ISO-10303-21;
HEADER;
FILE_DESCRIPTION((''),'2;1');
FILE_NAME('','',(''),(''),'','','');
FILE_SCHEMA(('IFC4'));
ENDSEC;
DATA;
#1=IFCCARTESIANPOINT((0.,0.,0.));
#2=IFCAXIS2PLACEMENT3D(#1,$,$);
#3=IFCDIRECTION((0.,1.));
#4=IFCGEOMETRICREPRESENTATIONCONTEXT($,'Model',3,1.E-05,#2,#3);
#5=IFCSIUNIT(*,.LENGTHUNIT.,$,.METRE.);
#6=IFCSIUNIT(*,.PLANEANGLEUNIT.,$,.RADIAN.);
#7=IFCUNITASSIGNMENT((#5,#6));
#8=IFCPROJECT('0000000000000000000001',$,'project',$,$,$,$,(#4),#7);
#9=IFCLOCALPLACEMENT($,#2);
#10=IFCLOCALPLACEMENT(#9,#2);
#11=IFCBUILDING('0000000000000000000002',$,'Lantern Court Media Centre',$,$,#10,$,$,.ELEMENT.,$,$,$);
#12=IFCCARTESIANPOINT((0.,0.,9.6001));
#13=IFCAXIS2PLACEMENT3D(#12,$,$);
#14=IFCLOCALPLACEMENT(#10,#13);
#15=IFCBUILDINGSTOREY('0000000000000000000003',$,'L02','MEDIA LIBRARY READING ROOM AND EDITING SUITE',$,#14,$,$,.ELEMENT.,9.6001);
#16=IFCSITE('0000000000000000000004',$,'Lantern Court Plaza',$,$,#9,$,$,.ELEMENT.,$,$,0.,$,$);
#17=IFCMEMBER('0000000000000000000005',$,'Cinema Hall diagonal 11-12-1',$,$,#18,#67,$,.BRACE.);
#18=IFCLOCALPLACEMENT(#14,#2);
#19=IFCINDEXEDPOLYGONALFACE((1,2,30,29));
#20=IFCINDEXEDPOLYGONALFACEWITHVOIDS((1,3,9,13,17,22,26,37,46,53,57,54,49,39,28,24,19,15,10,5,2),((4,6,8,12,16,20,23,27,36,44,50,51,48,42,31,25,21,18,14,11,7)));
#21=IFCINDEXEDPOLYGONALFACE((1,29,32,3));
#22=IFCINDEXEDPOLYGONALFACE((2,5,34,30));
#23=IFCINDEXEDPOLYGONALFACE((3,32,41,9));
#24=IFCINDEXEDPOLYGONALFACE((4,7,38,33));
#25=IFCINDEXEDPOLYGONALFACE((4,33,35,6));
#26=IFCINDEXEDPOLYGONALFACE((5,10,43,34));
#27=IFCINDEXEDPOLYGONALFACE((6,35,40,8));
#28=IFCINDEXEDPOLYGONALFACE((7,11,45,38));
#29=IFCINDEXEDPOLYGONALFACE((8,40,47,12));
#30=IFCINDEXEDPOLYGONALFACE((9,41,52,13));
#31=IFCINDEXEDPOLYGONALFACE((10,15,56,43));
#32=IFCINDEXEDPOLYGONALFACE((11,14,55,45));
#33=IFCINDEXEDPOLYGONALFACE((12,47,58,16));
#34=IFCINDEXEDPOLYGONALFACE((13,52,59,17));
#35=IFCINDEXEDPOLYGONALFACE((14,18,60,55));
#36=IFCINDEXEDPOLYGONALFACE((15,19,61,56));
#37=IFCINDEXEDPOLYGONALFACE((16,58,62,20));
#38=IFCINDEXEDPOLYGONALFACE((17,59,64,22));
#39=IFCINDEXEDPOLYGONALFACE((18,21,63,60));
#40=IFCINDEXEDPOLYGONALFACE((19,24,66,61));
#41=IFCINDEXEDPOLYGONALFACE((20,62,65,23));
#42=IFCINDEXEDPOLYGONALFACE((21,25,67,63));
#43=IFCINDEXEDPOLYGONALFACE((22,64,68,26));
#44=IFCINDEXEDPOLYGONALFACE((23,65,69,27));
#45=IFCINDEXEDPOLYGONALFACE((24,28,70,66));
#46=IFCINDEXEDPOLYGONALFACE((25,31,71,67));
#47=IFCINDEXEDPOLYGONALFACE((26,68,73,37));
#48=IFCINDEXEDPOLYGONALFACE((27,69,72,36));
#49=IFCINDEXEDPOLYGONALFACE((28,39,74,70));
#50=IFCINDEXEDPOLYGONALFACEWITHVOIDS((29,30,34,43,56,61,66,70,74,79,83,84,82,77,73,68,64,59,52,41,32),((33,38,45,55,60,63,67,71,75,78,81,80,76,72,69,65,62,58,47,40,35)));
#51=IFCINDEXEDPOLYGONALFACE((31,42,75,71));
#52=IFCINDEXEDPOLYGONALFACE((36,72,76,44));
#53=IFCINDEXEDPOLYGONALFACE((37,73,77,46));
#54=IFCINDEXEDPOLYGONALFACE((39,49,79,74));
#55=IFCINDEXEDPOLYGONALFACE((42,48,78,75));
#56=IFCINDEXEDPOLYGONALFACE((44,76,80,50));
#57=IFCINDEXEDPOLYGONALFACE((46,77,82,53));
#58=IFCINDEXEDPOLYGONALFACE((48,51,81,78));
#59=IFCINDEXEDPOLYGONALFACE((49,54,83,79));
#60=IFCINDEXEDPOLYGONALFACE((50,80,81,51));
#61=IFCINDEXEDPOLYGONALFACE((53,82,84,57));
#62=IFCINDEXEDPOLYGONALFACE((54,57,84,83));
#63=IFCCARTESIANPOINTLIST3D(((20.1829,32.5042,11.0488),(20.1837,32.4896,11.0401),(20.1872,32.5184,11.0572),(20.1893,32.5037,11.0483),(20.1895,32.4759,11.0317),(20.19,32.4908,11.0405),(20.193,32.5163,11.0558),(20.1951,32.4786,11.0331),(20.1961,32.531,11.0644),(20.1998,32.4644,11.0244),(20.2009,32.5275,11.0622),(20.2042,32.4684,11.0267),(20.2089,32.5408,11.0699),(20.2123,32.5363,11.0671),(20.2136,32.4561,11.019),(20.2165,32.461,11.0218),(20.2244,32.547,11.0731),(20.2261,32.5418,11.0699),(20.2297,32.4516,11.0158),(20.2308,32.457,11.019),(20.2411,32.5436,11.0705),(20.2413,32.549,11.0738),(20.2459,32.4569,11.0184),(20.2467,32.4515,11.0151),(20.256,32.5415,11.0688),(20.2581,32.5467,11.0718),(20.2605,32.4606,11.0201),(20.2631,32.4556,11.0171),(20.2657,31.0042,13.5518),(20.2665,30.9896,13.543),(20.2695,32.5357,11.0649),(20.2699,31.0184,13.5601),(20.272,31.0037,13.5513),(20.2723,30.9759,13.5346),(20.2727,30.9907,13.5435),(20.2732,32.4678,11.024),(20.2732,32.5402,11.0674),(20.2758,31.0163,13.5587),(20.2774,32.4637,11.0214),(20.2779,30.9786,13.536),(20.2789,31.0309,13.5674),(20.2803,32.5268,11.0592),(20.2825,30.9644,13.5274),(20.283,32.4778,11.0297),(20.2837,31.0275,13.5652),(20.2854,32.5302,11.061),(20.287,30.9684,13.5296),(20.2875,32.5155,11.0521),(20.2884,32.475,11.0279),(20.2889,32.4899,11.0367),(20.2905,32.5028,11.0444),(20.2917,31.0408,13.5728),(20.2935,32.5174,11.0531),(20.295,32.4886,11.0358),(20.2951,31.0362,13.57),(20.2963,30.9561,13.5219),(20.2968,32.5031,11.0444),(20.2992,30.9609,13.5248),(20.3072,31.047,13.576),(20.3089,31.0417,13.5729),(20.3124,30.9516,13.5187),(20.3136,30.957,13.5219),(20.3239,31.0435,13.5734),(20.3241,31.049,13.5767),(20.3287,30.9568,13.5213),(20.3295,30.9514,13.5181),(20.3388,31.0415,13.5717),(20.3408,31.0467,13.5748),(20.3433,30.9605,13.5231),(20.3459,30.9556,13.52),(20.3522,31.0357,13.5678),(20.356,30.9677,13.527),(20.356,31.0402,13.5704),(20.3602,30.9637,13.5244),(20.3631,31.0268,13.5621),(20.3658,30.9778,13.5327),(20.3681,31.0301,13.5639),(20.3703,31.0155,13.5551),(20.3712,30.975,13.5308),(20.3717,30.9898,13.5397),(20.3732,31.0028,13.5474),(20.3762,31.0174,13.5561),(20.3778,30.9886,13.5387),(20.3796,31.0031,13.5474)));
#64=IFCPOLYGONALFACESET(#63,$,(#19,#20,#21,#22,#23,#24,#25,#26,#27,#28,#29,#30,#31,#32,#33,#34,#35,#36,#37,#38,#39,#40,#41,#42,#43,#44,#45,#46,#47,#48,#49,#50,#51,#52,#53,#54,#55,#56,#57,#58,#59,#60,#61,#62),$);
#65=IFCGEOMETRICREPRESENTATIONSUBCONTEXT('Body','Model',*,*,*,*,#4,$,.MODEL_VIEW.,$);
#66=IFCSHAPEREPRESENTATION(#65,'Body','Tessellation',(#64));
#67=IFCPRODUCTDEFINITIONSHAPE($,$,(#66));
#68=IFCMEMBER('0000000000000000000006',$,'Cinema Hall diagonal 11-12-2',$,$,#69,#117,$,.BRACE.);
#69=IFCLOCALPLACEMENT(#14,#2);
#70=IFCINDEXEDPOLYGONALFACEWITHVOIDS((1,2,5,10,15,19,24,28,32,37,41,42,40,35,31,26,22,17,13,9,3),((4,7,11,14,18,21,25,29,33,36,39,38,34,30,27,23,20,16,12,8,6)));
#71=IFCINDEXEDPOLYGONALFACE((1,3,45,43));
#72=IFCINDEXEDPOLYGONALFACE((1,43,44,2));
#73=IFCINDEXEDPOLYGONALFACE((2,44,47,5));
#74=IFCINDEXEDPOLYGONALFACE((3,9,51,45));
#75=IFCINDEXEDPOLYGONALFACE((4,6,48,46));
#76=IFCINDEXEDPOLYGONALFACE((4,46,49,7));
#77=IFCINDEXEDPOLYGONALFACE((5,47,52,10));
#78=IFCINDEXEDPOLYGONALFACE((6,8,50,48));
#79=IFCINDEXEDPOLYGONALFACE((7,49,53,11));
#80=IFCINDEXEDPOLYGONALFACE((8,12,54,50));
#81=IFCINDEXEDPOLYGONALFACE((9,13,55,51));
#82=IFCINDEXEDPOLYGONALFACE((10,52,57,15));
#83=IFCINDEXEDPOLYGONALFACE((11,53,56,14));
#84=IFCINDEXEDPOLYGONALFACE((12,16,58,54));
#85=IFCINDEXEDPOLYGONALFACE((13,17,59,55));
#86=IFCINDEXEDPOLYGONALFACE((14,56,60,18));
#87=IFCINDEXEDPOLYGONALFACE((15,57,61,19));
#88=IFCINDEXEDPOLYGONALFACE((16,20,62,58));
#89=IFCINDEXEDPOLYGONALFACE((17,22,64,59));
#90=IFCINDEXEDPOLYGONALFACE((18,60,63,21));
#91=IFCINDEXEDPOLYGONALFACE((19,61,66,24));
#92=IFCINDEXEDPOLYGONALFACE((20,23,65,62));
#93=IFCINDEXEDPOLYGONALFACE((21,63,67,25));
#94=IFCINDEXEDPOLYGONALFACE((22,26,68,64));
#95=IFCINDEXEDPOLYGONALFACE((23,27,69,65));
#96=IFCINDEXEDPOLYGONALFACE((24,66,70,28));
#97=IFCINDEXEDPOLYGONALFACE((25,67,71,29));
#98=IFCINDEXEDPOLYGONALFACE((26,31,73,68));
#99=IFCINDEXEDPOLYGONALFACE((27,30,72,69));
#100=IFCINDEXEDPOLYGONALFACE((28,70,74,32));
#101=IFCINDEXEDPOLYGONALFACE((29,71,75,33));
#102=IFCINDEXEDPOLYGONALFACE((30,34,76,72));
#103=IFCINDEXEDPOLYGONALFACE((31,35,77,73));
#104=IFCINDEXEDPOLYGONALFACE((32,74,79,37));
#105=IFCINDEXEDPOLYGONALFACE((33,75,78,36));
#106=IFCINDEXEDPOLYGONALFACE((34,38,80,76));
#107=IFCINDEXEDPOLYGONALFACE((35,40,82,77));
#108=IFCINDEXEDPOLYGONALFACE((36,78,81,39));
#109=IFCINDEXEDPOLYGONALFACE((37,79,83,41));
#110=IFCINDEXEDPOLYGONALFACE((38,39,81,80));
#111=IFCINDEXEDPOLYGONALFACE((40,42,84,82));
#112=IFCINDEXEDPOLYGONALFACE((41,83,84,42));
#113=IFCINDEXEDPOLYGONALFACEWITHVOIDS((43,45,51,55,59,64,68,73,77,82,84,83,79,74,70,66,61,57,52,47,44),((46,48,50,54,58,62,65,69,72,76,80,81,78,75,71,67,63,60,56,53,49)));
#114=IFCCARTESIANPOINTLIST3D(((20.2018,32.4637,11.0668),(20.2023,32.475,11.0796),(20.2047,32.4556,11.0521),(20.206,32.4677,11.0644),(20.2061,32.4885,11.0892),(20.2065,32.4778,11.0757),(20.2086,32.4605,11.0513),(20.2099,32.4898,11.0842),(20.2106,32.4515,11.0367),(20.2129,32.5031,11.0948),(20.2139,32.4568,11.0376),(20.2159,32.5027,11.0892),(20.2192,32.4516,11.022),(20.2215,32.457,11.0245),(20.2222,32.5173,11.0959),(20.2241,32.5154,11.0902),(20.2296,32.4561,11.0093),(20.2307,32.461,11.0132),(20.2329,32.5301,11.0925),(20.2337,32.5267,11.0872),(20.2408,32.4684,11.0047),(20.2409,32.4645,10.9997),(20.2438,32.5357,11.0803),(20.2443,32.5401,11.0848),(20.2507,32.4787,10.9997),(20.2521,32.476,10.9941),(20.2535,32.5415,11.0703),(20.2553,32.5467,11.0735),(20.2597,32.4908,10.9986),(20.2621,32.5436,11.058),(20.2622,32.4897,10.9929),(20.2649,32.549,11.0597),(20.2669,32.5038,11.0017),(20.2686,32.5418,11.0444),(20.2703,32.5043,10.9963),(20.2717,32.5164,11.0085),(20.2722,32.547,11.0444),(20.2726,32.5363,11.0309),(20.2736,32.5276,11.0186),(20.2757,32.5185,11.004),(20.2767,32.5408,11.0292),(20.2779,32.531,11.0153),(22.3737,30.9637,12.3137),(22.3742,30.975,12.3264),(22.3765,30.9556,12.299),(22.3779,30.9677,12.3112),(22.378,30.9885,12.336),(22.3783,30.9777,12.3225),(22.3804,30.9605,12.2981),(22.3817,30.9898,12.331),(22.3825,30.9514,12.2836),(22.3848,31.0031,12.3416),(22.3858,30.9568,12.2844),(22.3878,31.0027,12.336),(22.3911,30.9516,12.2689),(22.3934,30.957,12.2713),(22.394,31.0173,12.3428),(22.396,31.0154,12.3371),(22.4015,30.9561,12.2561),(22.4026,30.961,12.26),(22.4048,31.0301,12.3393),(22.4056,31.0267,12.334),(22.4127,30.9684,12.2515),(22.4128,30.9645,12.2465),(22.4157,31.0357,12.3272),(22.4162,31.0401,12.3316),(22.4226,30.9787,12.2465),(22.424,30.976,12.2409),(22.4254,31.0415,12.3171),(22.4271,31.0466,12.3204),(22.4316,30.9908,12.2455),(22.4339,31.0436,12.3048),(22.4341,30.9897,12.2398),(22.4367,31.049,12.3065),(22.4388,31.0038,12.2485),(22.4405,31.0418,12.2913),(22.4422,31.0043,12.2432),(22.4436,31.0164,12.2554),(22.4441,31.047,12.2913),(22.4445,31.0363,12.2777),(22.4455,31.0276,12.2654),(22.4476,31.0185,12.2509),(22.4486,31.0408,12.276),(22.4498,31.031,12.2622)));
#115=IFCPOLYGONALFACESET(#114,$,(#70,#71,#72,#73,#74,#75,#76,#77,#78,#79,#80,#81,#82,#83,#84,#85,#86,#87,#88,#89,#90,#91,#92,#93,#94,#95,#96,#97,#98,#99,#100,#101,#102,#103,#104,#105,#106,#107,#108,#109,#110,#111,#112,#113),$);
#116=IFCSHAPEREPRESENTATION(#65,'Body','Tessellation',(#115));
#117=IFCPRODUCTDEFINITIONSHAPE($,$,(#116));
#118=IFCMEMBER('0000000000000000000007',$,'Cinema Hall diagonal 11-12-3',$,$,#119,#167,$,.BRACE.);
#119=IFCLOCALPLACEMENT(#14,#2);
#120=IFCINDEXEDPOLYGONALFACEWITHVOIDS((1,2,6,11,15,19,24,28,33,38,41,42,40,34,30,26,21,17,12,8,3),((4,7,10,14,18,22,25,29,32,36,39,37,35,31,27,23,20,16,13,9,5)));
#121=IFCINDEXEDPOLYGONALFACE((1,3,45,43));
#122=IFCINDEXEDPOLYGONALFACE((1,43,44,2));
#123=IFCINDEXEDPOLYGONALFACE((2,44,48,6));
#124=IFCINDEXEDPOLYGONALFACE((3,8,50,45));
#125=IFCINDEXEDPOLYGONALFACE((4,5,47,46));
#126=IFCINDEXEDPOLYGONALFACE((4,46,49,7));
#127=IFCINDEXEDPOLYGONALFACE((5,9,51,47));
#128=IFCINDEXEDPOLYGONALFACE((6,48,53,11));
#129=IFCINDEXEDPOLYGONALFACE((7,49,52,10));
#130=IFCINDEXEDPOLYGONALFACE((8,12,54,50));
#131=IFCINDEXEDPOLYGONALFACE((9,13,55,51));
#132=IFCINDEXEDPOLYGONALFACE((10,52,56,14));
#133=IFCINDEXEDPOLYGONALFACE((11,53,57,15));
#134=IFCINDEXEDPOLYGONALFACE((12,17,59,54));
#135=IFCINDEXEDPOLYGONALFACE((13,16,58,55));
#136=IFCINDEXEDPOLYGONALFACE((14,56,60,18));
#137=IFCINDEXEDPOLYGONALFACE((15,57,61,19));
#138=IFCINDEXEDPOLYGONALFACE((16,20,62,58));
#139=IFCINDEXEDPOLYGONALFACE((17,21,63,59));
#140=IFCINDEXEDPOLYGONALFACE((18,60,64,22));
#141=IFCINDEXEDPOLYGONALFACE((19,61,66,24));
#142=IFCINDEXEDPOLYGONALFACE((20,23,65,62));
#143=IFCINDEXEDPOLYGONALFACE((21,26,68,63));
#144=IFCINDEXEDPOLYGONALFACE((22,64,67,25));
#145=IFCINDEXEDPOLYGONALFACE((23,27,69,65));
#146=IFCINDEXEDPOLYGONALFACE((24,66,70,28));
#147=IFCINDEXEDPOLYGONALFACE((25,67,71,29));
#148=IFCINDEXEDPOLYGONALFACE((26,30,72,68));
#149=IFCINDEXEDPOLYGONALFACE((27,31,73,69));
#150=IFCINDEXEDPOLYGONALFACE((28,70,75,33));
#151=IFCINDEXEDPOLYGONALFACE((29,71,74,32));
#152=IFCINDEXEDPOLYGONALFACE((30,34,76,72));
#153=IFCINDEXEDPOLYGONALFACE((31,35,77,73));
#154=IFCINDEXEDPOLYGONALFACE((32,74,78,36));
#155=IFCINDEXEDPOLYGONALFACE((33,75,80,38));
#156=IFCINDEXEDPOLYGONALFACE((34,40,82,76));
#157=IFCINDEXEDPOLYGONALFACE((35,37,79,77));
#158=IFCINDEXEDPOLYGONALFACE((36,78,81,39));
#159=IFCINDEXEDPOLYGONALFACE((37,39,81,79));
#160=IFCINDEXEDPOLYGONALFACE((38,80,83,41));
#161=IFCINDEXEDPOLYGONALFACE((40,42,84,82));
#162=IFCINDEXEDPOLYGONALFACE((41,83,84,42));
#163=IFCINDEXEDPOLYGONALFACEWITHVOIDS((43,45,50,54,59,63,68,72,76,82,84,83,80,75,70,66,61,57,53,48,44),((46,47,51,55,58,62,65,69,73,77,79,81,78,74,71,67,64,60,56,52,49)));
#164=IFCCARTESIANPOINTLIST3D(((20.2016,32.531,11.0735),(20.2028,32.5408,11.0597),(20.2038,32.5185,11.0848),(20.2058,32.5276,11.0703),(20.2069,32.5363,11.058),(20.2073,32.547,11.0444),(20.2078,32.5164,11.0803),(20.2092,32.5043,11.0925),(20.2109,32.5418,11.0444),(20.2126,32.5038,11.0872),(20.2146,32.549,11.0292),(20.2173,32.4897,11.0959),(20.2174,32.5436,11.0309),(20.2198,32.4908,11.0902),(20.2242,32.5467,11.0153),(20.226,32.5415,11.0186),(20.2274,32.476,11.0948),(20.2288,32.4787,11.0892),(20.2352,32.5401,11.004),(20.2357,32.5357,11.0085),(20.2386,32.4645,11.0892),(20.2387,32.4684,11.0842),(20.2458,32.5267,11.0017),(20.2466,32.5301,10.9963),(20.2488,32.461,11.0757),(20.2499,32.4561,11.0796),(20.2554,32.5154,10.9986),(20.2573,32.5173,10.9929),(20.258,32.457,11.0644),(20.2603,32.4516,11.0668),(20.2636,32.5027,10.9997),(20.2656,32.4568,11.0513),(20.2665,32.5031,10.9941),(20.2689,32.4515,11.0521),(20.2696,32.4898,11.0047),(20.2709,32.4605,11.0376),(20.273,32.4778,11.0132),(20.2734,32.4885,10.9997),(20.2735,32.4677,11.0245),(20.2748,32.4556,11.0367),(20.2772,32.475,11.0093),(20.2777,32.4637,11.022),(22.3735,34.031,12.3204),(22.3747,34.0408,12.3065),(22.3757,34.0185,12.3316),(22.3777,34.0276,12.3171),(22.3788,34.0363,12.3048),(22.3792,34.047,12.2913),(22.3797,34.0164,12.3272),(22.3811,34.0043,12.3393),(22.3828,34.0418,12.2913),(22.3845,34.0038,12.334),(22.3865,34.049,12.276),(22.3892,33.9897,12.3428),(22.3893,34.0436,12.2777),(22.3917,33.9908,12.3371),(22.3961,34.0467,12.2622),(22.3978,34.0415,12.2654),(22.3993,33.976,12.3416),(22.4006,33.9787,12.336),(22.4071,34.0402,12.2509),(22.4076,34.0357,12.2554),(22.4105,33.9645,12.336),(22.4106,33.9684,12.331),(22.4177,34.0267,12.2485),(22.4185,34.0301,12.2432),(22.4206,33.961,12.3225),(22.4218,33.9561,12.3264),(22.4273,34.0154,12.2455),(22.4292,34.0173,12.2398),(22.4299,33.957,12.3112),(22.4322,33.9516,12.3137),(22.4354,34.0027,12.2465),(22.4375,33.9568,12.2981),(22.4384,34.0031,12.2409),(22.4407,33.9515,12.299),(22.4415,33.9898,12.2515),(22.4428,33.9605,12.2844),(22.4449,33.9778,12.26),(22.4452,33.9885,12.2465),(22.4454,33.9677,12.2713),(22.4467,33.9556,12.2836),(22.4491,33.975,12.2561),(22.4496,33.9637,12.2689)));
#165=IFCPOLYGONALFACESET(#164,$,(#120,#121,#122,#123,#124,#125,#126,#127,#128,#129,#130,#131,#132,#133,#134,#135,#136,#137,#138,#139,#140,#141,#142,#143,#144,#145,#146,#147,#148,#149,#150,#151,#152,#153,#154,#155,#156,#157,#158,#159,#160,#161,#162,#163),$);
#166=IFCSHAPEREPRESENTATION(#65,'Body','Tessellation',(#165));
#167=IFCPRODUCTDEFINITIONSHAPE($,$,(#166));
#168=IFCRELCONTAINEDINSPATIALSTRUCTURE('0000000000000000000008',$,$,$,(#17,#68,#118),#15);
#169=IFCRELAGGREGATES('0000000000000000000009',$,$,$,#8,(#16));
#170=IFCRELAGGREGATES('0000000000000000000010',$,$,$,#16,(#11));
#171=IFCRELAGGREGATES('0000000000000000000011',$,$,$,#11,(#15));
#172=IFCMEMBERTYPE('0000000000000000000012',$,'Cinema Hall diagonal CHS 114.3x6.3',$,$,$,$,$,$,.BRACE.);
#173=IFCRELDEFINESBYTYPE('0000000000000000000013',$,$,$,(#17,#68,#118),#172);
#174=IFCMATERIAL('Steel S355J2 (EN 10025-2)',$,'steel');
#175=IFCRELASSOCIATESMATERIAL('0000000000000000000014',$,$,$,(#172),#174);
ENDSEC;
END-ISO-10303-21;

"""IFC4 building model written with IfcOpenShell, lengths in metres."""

from ifc_helpers import new_model, si_unit, direction, frame, origin, origin_2d, place, context, subcontext, project, spatial, hollow_circle, extrude, material, material_profile, profile_set, type_object, element, save


model = new_model("IFC4")

# Units and contexts
model_context = context("Model", 3, precision=1e-05, world=origin(), true_north=direction((0.0, 1.0)))
body_context = subcontext(model_context, "Body", "Model", "MODEL_VIEW")
ifc_project = project(units=[si_unit("LENGTHUNIT", "METRE"), si_unit("PLANEANGLEUNIT", "RADIAN")], contexts=[model_context])

# Site, building, storey
site_placement = place(None, origin())
site = spatial("IfcSite", under=ifc_project, at=site_placement, Name="Lantern Court Plaza", CompositionType="ELEMENT", RefElevation=0.0)
building_placement = place(site_placement, origin())
building = spatial("IfcBuilding", under=site, at=building_placement, Name="Lantern Court Media Centre", CompositionType="ELEMENT")
storey_placement = place(building_placement, frame((0.0, 0.0, 9.6001)))
storey = spatial("IfcBuildingStorey", under=building, at=storey_placement, Name="L02", Description="MEDIA LIBRARY READING ROOM AND EDITING SUITE", CompositionType="ELEMENT", Elevation=9.6001)

# Members
ifc_material = material(Name="Steel S355J2 (EN 10025-2)", Category="steel")
ifc_material_profile_1 = material_profile(ifc_material, hollow_circle(Radius=0.0571, WallThickness=0.0063, at=origin_2d()), Name="Cinema Hall diagonal CHS 114.3x6.3")
ifc_profile_set_1 = profile_set([ifc_material_profile_1], Name="Steel S355J2 (EN 10025-2)")
member_type_1 = type_object("IfcMemberType", Name="Cinema Hall diagonal CHS 114.3x6.3", PredefinedType="BRACE", material=ifc_profile_set_1)
for number, where, z_axis, x_axis, name in (
    (1, (20.2397, 32.5, 11.0444), (0.028352, -0.513846, 0.857414), (0.998481, 0.055092, 0.0), "Cinema Hall diagonal 11-12-1"),
    (2, (20.2397, 32.5, 11.0444), (0.744002, -0.513843, 0.427115), (0.568286, 0.822831, 0.0), "Cinema Hall diagonal 11-12-2"),
    (3, (20.2397, 32.5, 11.0444), (0.744002, 0.513843, 0.427115), (-0.568286, 0.822831, 0.0), "Cinema Hall diagonal 11-12-3"),
):
    element("IfcMember", number, at=place(storey_placement, frame(where, z_axis=z_axis, x_axis=x_axis)), inside=storey, type_object=member_type_1, Name=name, PredefinedType="BRACE", context=body_context, shape_type="SweptSolid", body=[
        extrude(hollow_circle(Radius=0.0571, WallThickness=0.0063, at=origin_2d()), origin(), (0.0, 0.0, 1.0), 2.9192),
    ])

save(model, "model.ifc")
